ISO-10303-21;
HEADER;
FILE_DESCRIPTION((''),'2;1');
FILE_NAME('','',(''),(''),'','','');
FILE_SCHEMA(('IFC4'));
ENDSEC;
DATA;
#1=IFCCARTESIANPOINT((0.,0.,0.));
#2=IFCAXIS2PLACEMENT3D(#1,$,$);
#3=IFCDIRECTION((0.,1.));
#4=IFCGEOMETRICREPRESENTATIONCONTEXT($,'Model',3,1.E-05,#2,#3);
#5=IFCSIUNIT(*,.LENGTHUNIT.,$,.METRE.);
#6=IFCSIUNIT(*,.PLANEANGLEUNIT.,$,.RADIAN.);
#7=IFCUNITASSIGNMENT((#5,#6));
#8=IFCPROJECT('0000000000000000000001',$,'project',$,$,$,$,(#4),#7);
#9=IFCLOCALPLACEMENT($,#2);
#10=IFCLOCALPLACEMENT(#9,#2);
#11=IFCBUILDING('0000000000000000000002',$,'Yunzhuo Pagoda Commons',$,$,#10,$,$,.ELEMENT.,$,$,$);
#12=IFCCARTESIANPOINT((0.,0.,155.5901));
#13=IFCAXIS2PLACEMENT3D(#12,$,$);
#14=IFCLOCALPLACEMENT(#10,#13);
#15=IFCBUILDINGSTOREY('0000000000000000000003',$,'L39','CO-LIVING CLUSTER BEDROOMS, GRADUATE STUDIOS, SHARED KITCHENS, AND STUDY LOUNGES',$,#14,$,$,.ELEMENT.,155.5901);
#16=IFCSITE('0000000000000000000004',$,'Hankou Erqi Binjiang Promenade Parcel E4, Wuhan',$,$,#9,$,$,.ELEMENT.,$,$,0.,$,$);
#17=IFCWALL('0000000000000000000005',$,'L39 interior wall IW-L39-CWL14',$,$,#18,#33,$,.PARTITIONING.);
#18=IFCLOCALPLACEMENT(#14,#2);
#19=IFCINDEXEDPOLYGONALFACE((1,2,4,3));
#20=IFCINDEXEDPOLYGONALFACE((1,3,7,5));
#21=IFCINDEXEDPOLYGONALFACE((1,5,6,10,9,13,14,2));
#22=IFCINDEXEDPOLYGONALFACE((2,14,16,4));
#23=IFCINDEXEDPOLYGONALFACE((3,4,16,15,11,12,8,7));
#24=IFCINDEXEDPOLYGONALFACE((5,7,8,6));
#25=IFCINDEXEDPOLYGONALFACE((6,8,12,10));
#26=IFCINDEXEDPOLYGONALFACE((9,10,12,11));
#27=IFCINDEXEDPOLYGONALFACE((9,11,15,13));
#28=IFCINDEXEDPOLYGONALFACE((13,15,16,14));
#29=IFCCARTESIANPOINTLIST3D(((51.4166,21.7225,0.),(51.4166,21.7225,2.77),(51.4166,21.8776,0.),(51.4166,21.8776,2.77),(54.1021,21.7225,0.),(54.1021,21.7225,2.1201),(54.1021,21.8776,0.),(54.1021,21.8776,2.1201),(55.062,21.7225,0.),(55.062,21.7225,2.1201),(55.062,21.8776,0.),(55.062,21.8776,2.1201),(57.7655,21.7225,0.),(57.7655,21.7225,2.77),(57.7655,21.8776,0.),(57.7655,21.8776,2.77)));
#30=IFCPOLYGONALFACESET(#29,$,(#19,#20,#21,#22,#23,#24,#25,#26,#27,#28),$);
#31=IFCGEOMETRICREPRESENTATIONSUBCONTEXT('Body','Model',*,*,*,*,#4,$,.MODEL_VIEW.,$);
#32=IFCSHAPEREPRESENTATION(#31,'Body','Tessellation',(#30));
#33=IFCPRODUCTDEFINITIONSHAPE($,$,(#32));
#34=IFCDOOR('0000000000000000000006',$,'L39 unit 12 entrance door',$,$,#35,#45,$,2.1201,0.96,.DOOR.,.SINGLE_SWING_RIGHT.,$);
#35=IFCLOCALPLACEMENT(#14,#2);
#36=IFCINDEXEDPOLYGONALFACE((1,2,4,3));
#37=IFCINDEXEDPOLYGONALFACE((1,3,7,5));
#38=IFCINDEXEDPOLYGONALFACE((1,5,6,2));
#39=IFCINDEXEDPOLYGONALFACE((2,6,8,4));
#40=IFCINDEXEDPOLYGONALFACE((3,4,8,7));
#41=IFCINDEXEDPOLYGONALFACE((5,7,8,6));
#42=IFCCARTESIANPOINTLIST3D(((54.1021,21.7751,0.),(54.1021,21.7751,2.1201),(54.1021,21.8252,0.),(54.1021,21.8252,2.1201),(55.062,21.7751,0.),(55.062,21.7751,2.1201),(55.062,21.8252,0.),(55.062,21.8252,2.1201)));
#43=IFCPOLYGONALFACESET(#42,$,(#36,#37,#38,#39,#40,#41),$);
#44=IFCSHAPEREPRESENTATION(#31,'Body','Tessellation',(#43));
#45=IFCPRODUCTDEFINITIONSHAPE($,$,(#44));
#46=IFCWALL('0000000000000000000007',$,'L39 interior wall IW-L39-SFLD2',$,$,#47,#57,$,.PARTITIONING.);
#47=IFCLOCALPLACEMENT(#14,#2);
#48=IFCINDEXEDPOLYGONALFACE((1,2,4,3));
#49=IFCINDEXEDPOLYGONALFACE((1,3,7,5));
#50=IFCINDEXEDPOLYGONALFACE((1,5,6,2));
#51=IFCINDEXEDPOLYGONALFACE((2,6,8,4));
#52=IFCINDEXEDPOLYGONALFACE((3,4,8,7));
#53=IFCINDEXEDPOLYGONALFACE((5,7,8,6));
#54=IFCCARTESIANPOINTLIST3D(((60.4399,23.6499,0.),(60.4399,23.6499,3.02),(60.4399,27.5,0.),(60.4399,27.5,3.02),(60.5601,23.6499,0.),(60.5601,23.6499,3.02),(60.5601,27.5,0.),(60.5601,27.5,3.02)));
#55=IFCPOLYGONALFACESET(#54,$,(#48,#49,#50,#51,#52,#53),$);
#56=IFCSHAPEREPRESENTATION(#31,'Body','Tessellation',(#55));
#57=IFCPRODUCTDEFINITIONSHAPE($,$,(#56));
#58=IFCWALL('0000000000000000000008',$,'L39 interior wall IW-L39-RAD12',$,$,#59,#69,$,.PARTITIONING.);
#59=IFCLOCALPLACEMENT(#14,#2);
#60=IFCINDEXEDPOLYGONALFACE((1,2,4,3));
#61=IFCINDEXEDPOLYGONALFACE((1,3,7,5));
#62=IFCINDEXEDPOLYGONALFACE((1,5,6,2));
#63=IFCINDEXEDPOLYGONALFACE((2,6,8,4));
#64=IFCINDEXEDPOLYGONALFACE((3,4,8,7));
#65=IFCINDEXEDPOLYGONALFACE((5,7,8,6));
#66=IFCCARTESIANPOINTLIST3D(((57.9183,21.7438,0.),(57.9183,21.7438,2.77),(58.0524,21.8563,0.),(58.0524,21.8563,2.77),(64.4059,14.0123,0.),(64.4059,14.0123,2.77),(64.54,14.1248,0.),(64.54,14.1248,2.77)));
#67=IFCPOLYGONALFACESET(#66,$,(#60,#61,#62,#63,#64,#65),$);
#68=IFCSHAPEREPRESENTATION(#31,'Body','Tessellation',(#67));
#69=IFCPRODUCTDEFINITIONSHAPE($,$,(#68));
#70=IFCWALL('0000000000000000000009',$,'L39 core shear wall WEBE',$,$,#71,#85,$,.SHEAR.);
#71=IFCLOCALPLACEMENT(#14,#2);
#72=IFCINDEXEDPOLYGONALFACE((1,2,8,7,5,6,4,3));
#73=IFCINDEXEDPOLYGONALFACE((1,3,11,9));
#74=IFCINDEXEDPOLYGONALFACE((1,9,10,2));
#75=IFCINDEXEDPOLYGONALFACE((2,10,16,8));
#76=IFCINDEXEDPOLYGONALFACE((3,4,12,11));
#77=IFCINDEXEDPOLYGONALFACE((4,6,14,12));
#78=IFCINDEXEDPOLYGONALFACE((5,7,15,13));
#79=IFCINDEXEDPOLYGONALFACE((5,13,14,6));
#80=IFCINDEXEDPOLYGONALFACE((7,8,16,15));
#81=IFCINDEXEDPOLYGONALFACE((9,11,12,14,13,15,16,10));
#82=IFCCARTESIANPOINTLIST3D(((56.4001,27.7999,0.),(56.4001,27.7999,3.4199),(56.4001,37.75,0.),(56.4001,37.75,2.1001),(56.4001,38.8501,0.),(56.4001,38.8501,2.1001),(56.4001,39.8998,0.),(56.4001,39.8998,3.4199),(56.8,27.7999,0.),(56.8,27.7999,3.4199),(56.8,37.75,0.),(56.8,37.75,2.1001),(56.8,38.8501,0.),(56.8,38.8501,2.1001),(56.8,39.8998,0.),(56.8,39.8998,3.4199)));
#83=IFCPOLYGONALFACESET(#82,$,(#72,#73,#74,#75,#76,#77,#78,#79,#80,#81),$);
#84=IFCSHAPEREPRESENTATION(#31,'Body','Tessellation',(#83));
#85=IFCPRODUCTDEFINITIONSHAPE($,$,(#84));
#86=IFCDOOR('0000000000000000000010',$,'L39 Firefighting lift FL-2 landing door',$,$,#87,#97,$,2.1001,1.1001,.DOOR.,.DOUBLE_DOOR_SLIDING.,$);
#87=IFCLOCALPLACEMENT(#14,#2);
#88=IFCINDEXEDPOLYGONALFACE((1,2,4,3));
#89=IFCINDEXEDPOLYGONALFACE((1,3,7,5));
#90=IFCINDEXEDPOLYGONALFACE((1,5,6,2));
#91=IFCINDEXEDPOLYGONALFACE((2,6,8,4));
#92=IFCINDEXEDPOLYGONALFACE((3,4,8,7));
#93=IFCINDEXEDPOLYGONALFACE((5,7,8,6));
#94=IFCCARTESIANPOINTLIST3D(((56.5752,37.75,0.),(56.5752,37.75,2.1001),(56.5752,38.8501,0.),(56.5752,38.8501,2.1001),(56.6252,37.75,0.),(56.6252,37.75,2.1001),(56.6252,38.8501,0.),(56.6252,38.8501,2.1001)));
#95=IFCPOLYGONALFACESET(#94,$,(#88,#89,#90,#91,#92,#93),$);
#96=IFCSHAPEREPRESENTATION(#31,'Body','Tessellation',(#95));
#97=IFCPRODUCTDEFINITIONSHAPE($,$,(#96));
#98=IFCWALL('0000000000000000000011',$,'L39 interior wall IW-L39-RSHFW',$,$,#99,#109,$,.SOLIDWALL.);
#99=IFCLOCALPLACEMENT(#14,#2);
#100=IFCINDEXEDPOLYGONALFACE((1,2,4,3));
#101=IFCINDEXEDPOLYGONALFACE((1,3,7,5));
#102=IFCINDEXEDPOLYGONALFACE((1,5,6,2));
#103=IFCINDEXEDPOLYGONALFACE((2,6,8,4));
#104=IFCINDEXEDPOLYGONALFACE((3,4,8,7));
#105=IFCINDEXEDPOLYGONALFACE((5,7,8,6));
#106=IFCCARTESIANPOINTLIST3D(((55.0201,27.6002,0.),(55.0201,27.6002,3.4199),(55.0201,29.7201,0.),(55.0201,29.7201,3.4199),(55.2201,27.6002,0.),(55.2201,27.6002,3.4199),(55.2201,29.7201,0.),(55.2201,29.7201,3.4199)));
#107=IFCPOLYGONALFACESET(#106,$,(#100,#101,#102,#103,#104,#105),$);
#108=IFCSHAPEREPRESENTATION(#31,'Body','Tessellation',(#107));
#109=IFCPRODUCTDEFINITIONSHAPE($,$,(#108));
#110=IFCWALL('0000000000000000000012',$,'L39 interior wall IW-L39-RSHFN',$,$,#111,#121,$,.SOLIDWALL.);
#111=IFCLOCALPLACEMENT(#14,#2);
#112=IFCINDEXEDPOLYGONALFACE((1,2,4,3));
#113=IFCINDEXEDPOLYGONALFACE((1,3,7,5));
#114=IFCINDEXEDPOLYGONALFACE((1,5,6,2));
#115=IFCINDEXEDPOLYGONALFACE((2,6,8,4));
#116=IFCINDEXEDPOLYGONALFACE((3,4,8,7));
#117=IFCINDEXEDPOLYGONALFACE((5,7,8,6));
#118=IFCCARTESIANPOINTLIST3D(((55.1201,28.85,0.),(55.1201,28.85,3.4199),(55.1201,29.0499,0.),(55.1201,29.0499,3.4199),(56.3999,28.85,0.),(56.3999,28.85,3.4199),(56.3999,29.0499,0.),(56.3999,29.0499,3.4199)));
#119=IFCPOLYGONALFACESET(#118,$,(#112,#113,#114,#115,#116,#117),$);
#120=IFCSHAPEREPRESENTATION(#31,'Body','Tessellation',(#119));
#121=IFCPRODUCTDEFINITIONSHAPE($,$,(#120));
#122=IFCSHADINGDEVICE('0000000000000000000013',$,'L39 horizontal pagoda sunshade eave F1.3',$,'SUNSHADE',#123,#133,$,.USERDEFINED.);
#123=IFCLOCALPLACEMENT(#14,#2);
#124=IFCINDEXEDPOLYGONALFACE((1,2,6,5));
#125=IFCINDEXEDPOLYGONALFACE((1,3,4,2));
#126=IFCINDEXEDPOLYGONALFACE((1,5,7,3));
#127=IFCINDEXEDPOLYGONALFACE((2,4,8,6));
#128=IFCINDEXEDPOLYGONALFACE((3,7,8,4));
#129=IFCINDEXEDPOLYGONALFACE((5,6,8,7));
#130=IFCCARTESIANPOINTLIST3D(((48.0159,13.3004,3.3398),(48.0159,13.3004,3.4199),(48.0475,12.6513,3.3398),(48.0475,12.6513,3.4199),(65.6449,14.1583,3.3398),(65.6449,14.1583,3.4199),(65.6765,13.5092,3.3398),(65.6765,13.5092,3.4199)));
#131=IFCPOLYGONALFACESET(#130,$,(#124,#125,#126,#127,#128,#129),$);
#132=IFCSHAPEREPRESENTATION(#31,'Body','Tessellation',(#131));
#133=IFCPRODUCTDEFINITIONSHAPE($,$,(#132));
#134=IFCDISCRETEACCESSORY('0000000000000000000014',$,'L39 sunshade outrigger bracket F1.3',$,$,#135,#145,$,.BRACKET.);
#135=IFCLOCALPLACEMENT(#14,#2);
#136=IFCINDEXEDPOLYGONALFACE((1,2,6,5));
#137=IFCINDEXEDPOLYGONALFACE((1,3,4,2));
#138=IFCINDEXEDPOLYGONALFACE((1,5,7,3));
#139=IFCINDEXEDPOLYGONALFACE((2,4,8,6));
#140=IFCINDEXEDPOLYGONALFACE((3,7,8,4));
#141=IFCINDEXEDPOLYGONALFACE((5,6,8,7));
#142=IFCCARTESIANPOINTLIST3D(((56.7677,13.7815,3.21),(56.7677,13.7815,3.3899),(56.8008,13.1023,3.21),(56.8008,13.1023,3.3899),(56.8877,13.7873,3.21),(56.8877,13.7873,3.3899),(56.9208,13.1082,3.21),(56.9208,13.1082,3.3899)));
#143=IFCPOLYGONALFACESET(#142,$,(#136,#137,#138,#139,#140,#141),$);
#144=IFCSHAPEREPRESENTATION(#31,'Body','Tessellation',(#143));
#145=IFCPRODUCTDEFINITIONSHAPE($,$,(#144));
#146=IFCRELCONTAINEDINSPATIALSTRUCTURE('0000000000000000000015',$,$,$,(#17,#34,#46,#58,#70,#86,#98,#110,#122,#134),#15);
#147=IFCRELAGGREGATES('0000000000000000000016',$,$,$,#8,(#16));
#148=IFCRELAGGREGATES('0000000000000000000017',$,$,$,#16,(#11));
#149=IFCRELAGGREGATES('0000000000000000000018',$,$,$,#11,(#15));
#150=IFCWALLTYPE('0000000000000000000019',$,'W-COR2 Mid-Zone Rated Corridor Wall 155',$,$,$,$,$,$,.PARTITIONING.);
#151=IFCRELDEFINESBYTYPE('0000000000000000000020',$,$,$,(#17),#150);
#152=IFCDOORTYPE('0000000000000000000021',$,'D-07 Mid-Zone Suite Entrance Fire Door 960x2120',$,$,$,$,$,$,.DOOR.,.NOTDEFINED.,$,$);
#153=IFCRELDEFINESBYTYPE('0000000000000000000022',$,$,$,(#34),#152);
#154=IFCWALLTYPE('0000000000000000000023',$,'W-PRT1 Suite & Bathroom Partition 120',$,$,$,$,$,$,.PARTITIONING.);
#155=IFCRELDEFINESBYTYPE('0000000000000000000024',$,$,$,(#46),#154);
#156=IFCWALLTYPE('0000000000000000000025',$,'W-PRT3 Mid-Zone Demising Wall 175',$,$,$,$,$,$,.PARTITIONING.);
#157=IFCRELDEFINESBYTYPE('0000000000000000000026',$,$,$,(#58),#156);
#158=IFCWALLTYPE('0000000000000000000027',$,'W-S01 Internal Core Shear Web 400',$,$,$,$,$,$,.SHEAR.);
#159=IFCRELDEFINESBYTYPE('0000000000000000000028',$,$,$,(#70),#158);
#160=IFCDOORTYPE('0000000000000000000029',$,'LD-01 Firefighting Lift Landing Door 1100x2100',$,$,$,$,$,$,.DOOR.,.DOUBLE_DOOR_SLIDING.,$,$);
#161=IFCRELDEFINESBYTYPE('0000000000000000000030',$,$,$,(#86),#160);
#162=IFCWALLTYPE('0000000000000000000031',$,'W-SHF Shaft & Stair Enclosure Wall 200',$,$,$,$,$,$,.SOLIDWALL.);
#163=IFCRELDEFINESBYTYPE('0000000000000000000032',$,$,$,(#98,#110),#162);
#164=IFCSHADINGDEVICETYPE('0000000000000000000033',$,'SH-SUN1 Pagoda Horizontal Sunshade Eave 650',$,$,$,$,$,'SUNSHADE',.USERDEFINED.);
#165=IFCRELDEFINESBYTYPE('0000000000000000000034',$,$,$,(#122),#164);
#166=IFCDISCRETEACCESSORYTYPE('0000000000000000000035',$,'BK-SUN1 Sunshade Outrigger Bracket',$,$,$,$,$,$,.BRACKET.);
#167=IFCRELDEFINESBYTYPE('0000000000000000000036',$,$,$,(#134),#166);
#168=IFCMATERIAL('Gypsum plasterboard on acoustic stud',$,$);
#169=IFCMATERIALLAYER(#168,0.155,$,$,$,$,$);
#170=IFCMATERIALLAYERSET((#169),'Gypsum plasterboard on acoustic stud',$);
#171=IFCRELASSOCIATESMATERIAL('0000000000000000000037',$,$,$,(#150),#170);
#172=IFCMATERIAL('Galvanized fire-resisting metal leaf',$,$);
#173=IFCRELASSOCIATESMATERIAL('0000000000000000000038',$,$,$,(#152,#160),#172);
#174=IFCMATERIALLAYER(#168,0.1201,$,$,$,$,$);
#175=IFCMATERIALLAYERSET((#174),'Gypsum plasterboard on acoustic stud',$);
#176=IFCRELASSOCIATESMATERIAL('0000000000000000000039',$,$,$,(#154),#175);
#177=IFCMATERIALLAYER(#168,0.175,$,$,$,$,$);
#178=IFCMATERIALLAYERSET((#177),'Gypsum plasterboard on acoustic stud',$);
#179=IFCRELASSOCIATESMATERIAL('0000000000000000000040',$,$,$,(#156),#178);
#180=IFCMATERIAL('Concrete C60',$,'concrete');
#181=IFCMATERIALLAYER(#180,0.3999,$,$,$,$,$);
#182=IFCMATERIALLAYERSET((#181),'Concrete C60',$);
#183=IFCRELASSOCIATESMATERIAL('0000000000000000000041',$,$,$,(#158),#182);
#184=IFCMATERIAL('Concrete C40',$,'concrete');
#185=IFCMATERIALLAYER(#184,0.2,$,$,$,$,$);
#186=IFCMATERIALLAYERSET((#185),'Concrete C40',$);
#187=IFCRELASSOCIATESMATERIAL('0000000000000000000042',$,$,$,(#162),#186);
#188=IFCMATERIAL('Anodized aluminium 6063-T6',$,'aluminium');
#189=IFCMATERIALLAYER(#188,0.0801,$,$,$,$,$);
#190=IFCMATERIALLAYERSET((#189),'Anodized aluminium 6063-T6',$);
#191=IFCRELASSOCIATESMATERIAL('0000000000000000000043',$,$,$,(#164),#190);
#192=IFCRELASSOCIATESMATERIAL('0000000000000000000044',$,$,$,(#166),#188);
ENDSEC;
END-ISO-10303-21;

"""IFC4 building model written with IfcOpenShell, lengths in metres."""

from ifc_helpers import new_model, si_unit, direction, frame, frame_2d, origin, origin_with_axes, origin_2d, place, context, subcontext, project, spatial, rectangle, extrude, source, transform, mapped, material, layer, layer_set, type_object, element, fill, save


model = new_model("IFC4")

# Units and contexts
model_context = context("Model", 3, precision=1e-05, world=origin(), true_north=direction((0.0, 1.0)))
body_context = subcontext(model_context, "Body", "Model", "MODEL_VIEW")
ifc_project = project(units=[si_unit("LENGTHUNIT", "METRE"), si_unit("PLANEANGLEUNIT", "RADIAN")], contexts=[model_context])

# Site, building, storey
site_placement = place(None, origin())
site = spatial("IfcSite", under=ifc_project, at=site_placement, Name="Hankou Erqi Binjiang Promenade Parcel E4, Wuhan", CompositionType="ELEMENT", RefElevation=0.0)
building_placement = place(site_placement, origin())
building = spatial("IfcBuilding", under=site, at=building_placement, Name="Yunzhuo Pagoda Commons", CompositionType="ELEMENT")
storey_placement = place(building_placement, frame((0.0, 0.0, 155.5901)))
storey = spatial("IfcBuildingStorey", under=building, at=storey_placement, Name="L39", Description="CO-LIVING CLUSTER BEDROOMS, GRADUATE STUDIOS, SHARED KITCHENS, AND STUDY LOUNGES", CompositionType="ELEMENT", Elevation=155.5901)

# Shared definitions
ifc_material_1 = material(Name="Anodized aluminium 6063-T6", Category="aluminium")

# Shared definitions
ifc_material_2 = material(Name="Concrete C60", Category="concrete")

# Wall, opening, door
ifc_material_3 = material(Name="Gypsum plasterboard on acoustic stud")
ifc_layer_1 = layer(ifc_material_3, 0.155)
ifc_layer_set_1 = layer_set([ifc_layer_1], Name="Gypsum plasterboard on acoustic stud")
wall_type_1 = type_object("IfcWallType", Name="W-COR2 Mid-Zone Rated Corridor Wall 155", PredefinedType="PARTITIONING", material=ifc_layer_set_1)
wall_1_placement = place(storey_placement, frame((57.7654, 21.8, 0.0), z_axis=(0.0, 0.0, 1.0), x_axis=(-1.0, 0.0, 0.0)))
wall_1 = element("IfcWall", 1, at=wall_1_placement, inside=storey, type_object=wall_type_1, Name="L39 interior wall IW-L39-CWL14", PredefinedType="PARTITIONING", context=body_context, shape_type="SweptSolid", body=[
    extrude(rectangle(XDim=6.3489, YDim=0.155, at=frame_2d((3.1743, 0.0))), origin(), (0.0, 0.0, 1.0), 2.77),
])
opening_1_placement = place(wall_1_placement, frame((2.7034, 0.0, 0.0)))
opening_1 = element("IfcOpeningElement", 2, at=opening_1_placement, cuts=wall_1, PredefinedType="OPENING", context=body_context, shape_type="SweptSolid", body=[
    extrude(rectangle(XDim=0.96, YDim=2.1201, at=frame_2d((0.48, 1.0601))), frame((0.0, 0.0874, 0.0), z_axis=(0.0, -1.0, 0.0), x_axis=(1.0, 0.0, 0.0)), (0.0, 0.0, 1.0), 0.175),
])
ifc_material_4 = material(Name="Galvanized fire-resisting metal leaf")
door_type_1 = type_object("IfcDoorType", Name="D-07 Mid-Zone Suite Entrance Fire Door 960x2120", OperationType="NOTDEFINED", PredefinedType="DOOR", material=ifc_material_4)
shared_shape_1 = source(origin(), body_context, "Body", "SweptSolid", [
    extrude(rectangle(XDim=0.96, YDim=2.1201, at=frame_2d((0.48, 1.0601))), frame((0.0, 0.0249, 0.0), z_axis=(0.0, -1.0, 0.0), x_axis=(1.0, 0.0, 0.0)), (0.0, 0.0, 1.0), 0.05),
])
door_1_placement = place(opening_1_placement, origin_with_axes())
door_1 = element("IfcDoor", 3, at=door_1_placement, inside=storey, type_object=door_type_1, Name="L39 unit 12 entrance door", OperationType="SINGLE_SWING_RIGHT", OverallHeight=2.1201, OverallWidth=0.96, PredefinedType="DOOR", context=body_context, shape_type="MappedRepresentation", body=[
    mapped(shared_shape_1, transform((0.0, 0.0, 0.0), scale=1.0)),
])
fill(opening_1, door_1)

# Walls
ifc_layer_2 = layer(ifc_material_3, 0.1201)
ifc_layer_set_2 = layer_set([ifc_layer_2], Name="Gypsum plasterboard on acoustic stud")
wall_type_2 = type_object("IfcWallType", Name="W-PRT1 Suite & Bathroom Partition 120", PredefinedType="PARTITIONING", material=ifc_layer_set_2)
wall_2_placement = place(storey_placement, frame((60.5, 23.6499, 0.0), z_axis=(0.0, 0.0, 1.0), x_axis=(0.0, 1.0, 0.0)))
element("IfcWall", 4, at=wall_2_placement, inside=storey, type_object=wall_type_2, Name="L39 interior wall IW-L39-SFLD2", PredefinedType="PARTITIONING", context=body_context, shape_type="SweptSolid", body=[
    extrude(rectangle(XDim=3.8501, YDim=0.1201, at=frame_2d((1.925, 0.0))), origin(), (0.0, 0.0, 1.0), 3.02),
])
ifc_layer_3 = layer(ifc_material_3, 0.175)
ifc_layer_set_3 = layer_set([ifc_layer_3], Name="Gypsum plasterboard on acoustic stud")
wall_type_3 = type_object("IfcWallType", Name="W-PRT3 Mid-Zone Demising Wall 175", PredefinedType="PARTITIONING", material=ifc_layer_set_3)
wall_3_placement = place(storey_placement, frame((57.9854, 21.8, 0.0), z_axis=(0.0, 0.0, 1.0), x_axis=(0.642793, -0.76604, 0.0)))
element("IfcWall", 5, at=wall_3_placement, inside=storey, type_object=wall_type_3, Name="L39 interior wall IW-L39-RAD12", PredefinedType="PARTITIONING", context=body_context, shape_type="SweptSolid", body=[
    extrude(rectangle(XDim=10.0928, YDim=0.175, at=frame_2d((5.0464, 0.0))), origin(), (0.0, 0.0, 1.0), 2.77),
])

# Wall, opening, door
ifc_layer_4 = layer(ifc_material_2, 0.3999)
ifc_layer_set_4 = layer_set([ifc_layer_4], Name="Concrete C60")
wall_type_4 = type_object("IfcWallType", Name="W-S01 Internal Core Shear Web 400", PredefinedType="SHEAR", material=ifc_layer_set_4)
wall_4_placement = place(storey_placement, frame((56.6001, 27.8, 0.0), z_axis=(0.0, 0.0, 1.0), x_axis=(0.0, 1.0, 0.0)))
wall_4 = element("IfcWall", 6, at=wall_4_placement, inside=storey, type_object=wall_type_4, Name="L39 core shear wall WEBE", PredefinedType="SHEAR", context=body_context, shape_type="SweptSolid", body=[
    extrude(rectangle(XDim=12.0999, YDim=0.3999, at=frame_2d((6.0498, 0.0))), origin(), (0.0, 0.0, 1.0), 3.4199),
])
opening_2_placement = place(wall_4_placement, frame((9.95, 0.0, 0.0)))
opening_2 = element("IfcOpeningElement", 7, at=opening_2_placement, cuts=wall_4, PredefinedType="OPENING", context=body_context, shape_type="SweptSolid", body=[
    extrude(rectangle(XDim=1.1001, YDim=2.1001, at=frame_2d((0.55, 1.05))), frame((0.0, 0.21, 0.0), z_axis=(0.0, -1.0, 0.0), x_axis=(1.0, 0.0, 0.0)), (0.0, 0.0, 1.0), 0.4199),
])
door_type_2 = type_object("IfcDoorType", Name="LD-01 Firefighting Lift Landing Door 1100x2100", OperationType="DOUBLE_DOOR_SLIDING", PredefinedType="DOOR", material=ifc_material_4)
shared_shape_2 = source(origin(), body_context, "Body", "SweptSolid", [
    extrude(rectangle(XDim=1.1001, YDim=2.1001, at=frame_2d((0.55, 1.05))), frame((0.0, 0.0249, 0.0), z_axis=(0.0, -1.0, 0.0), x_axis=(1.0, 0.0, 0.0)), (0.0, 0.0, 1.0), 0.05),
])
door_2_placement = place(opening_2_placement, origin_with_axes())
door_2 = element("IfcDoor", 8, at=door_2_placement, inside=storey, type_object=door_type_2, Name="L39 Firefighting lift FL-2 landing door", OperationType="DOUBLE_DOOR_SLIDING", OverallHeight=2.1001, OverallWidth=1.1001, PredefinedType="DOOR", context=body_context, shape_type="MappedRepresentation", body=[
    mapped(shared_shape_2, transform((0.0, 0.0, 0.0), scale=1.0)),
])
fill(opening_2, door_2)

# Walls
ifc_material_5 = material(Name="Concrete C40", Category="concrete")
ifc_layer_5 = layer(ifc_material_5, 0.2)
ifc_layer_set_5 = layer_set([ifc_layer_5], Name="Concrete C40")
wall_type_5 = type_object("IfcWallType", Name="W-SHF Shaft & Stair Enclosure Wall 200", PredefinedType="SOLIDWALL", material=ifc_layer_set_5)
wall_5_placement = place(storey_placement, frame((55.1201, 27.6001, 0.0), z_axis=(0.0, 0.0, 1.0), x_axis=(0.0, 1.0, 0.0)))
element("IfcWall", 9, at=wall_5_placement, inside=storey, type_object=wall_type_5, Name="L39 interior wall IW-L39-RSHFW", PredefinedType="SOLIDWALL", context=body_context, shape_type="SweptSolid", body=[
    extrude(rectangle(XDim=2.1199, YDim=0.2, at=frame_2d((1.0601, 0.0))), origin(), (0.0, 0.0, 1.0), 3.4199),
])
wall_6_placement = place(storey_placement, frame((55.1201, 28.95, 0.0), z_axis=(0.0, 0.0, 1.0), x_axis=(1.0, 0.0, 0.0)))
element("IfcWall", 10, at=wall_6_placement, inside=storey, type_object=wall_type_5, Name="L39 interior wall IW-L39-RSHFN", PredefinedType="SOLIDWALL", context=body_context, shape_type="SweptSolid", body=[
    extrude(rectangle(XDim=1.2798, YDim=0.2, at=frame_2d((0.6399, 0.0))), origin(), (0.0, 0.0, 1.0), 3.4199),
])

# Shading device
ifc_layer_6 = layer(ifc_material_1, 0.0801)
ifc_layer_set_6 = layer_set([ifc_layer_6], Name="Anodized aluminium 6063-T6")
shading_device_type = type_object("IfcShadingDeviceType", Name="SH-SUN1 Pagoda Horizontal Sunshade Eave 650", ElementType="SUNSHADE", PredefinedType="USERDEFINED", material=ifc_layer_set_6)
shared_shape_3 = source(origin(), body_context, "Body", "SweptSolid", [
    extrude(rectangle(XDim=17.6499, YDim=0.6499, at=origin_2d()), origin(), (0.0, 0.0, 1.0), 0.0801),
])
shading_device_placement = place(storey_placement, frame((56.8462, 13.4048, 3.3398), z_axis=(0.0, 0.0, 1.0), x_axis=(0.998818, 0.048606, 0.0)))
element("IfcShadingDevice", 11, at=shading_device_placement, inside=storey, type_object=shading_device_type, Name="L39 horizontal pagoda sunshade eave F1.3", ObjectType="SUNSHADE", PredefinedType="USERDEFINED", context=body_context, shape_type="MappedRepresentation", body=[
    mapped(shared_shape_3, transform((0.0, 0.0, 0.0), scale=1.0)),
])

# Discrete accessory
discrete_accessory_type = type_object("IfcDiscreteAccessoryType", Name="BK-SUN1 Sunshade Outrigger Bracket", PredefinedType="BRACKET", material=ifc_material_1)
shared_shape_4 = source(origin(), body_context, "Body", "SweptSolid", [
    extrude(rectangle(XDim=0.1201, YDim=0.6799, at=origin_2d()), origin(), (0.0, 0.0, 1.0), 0.1799),
])
discrete_accessory_placement = place(storey_placement, frame((56.8442, 13.4448, 3.21), z_axis=(0.0, 0.0, 1.0), x_axis=(0.998818, 0.048606, 0.0)))
element("IfcDiscreteAccessory", 12, at=discrete_accessory_placement, inside=storey, type_object=discrete_accessory_type, Name="L39 sunshade outrigger bracket F1.3", PredefinedType="BRACKET", context=body_context, shape_type="MappedRepresentation", body=[
    mapped(shared_shape_4, transform((0.0, 0.0, 0.0), scale=1.0)),
])

save(model, "model.ifc")
